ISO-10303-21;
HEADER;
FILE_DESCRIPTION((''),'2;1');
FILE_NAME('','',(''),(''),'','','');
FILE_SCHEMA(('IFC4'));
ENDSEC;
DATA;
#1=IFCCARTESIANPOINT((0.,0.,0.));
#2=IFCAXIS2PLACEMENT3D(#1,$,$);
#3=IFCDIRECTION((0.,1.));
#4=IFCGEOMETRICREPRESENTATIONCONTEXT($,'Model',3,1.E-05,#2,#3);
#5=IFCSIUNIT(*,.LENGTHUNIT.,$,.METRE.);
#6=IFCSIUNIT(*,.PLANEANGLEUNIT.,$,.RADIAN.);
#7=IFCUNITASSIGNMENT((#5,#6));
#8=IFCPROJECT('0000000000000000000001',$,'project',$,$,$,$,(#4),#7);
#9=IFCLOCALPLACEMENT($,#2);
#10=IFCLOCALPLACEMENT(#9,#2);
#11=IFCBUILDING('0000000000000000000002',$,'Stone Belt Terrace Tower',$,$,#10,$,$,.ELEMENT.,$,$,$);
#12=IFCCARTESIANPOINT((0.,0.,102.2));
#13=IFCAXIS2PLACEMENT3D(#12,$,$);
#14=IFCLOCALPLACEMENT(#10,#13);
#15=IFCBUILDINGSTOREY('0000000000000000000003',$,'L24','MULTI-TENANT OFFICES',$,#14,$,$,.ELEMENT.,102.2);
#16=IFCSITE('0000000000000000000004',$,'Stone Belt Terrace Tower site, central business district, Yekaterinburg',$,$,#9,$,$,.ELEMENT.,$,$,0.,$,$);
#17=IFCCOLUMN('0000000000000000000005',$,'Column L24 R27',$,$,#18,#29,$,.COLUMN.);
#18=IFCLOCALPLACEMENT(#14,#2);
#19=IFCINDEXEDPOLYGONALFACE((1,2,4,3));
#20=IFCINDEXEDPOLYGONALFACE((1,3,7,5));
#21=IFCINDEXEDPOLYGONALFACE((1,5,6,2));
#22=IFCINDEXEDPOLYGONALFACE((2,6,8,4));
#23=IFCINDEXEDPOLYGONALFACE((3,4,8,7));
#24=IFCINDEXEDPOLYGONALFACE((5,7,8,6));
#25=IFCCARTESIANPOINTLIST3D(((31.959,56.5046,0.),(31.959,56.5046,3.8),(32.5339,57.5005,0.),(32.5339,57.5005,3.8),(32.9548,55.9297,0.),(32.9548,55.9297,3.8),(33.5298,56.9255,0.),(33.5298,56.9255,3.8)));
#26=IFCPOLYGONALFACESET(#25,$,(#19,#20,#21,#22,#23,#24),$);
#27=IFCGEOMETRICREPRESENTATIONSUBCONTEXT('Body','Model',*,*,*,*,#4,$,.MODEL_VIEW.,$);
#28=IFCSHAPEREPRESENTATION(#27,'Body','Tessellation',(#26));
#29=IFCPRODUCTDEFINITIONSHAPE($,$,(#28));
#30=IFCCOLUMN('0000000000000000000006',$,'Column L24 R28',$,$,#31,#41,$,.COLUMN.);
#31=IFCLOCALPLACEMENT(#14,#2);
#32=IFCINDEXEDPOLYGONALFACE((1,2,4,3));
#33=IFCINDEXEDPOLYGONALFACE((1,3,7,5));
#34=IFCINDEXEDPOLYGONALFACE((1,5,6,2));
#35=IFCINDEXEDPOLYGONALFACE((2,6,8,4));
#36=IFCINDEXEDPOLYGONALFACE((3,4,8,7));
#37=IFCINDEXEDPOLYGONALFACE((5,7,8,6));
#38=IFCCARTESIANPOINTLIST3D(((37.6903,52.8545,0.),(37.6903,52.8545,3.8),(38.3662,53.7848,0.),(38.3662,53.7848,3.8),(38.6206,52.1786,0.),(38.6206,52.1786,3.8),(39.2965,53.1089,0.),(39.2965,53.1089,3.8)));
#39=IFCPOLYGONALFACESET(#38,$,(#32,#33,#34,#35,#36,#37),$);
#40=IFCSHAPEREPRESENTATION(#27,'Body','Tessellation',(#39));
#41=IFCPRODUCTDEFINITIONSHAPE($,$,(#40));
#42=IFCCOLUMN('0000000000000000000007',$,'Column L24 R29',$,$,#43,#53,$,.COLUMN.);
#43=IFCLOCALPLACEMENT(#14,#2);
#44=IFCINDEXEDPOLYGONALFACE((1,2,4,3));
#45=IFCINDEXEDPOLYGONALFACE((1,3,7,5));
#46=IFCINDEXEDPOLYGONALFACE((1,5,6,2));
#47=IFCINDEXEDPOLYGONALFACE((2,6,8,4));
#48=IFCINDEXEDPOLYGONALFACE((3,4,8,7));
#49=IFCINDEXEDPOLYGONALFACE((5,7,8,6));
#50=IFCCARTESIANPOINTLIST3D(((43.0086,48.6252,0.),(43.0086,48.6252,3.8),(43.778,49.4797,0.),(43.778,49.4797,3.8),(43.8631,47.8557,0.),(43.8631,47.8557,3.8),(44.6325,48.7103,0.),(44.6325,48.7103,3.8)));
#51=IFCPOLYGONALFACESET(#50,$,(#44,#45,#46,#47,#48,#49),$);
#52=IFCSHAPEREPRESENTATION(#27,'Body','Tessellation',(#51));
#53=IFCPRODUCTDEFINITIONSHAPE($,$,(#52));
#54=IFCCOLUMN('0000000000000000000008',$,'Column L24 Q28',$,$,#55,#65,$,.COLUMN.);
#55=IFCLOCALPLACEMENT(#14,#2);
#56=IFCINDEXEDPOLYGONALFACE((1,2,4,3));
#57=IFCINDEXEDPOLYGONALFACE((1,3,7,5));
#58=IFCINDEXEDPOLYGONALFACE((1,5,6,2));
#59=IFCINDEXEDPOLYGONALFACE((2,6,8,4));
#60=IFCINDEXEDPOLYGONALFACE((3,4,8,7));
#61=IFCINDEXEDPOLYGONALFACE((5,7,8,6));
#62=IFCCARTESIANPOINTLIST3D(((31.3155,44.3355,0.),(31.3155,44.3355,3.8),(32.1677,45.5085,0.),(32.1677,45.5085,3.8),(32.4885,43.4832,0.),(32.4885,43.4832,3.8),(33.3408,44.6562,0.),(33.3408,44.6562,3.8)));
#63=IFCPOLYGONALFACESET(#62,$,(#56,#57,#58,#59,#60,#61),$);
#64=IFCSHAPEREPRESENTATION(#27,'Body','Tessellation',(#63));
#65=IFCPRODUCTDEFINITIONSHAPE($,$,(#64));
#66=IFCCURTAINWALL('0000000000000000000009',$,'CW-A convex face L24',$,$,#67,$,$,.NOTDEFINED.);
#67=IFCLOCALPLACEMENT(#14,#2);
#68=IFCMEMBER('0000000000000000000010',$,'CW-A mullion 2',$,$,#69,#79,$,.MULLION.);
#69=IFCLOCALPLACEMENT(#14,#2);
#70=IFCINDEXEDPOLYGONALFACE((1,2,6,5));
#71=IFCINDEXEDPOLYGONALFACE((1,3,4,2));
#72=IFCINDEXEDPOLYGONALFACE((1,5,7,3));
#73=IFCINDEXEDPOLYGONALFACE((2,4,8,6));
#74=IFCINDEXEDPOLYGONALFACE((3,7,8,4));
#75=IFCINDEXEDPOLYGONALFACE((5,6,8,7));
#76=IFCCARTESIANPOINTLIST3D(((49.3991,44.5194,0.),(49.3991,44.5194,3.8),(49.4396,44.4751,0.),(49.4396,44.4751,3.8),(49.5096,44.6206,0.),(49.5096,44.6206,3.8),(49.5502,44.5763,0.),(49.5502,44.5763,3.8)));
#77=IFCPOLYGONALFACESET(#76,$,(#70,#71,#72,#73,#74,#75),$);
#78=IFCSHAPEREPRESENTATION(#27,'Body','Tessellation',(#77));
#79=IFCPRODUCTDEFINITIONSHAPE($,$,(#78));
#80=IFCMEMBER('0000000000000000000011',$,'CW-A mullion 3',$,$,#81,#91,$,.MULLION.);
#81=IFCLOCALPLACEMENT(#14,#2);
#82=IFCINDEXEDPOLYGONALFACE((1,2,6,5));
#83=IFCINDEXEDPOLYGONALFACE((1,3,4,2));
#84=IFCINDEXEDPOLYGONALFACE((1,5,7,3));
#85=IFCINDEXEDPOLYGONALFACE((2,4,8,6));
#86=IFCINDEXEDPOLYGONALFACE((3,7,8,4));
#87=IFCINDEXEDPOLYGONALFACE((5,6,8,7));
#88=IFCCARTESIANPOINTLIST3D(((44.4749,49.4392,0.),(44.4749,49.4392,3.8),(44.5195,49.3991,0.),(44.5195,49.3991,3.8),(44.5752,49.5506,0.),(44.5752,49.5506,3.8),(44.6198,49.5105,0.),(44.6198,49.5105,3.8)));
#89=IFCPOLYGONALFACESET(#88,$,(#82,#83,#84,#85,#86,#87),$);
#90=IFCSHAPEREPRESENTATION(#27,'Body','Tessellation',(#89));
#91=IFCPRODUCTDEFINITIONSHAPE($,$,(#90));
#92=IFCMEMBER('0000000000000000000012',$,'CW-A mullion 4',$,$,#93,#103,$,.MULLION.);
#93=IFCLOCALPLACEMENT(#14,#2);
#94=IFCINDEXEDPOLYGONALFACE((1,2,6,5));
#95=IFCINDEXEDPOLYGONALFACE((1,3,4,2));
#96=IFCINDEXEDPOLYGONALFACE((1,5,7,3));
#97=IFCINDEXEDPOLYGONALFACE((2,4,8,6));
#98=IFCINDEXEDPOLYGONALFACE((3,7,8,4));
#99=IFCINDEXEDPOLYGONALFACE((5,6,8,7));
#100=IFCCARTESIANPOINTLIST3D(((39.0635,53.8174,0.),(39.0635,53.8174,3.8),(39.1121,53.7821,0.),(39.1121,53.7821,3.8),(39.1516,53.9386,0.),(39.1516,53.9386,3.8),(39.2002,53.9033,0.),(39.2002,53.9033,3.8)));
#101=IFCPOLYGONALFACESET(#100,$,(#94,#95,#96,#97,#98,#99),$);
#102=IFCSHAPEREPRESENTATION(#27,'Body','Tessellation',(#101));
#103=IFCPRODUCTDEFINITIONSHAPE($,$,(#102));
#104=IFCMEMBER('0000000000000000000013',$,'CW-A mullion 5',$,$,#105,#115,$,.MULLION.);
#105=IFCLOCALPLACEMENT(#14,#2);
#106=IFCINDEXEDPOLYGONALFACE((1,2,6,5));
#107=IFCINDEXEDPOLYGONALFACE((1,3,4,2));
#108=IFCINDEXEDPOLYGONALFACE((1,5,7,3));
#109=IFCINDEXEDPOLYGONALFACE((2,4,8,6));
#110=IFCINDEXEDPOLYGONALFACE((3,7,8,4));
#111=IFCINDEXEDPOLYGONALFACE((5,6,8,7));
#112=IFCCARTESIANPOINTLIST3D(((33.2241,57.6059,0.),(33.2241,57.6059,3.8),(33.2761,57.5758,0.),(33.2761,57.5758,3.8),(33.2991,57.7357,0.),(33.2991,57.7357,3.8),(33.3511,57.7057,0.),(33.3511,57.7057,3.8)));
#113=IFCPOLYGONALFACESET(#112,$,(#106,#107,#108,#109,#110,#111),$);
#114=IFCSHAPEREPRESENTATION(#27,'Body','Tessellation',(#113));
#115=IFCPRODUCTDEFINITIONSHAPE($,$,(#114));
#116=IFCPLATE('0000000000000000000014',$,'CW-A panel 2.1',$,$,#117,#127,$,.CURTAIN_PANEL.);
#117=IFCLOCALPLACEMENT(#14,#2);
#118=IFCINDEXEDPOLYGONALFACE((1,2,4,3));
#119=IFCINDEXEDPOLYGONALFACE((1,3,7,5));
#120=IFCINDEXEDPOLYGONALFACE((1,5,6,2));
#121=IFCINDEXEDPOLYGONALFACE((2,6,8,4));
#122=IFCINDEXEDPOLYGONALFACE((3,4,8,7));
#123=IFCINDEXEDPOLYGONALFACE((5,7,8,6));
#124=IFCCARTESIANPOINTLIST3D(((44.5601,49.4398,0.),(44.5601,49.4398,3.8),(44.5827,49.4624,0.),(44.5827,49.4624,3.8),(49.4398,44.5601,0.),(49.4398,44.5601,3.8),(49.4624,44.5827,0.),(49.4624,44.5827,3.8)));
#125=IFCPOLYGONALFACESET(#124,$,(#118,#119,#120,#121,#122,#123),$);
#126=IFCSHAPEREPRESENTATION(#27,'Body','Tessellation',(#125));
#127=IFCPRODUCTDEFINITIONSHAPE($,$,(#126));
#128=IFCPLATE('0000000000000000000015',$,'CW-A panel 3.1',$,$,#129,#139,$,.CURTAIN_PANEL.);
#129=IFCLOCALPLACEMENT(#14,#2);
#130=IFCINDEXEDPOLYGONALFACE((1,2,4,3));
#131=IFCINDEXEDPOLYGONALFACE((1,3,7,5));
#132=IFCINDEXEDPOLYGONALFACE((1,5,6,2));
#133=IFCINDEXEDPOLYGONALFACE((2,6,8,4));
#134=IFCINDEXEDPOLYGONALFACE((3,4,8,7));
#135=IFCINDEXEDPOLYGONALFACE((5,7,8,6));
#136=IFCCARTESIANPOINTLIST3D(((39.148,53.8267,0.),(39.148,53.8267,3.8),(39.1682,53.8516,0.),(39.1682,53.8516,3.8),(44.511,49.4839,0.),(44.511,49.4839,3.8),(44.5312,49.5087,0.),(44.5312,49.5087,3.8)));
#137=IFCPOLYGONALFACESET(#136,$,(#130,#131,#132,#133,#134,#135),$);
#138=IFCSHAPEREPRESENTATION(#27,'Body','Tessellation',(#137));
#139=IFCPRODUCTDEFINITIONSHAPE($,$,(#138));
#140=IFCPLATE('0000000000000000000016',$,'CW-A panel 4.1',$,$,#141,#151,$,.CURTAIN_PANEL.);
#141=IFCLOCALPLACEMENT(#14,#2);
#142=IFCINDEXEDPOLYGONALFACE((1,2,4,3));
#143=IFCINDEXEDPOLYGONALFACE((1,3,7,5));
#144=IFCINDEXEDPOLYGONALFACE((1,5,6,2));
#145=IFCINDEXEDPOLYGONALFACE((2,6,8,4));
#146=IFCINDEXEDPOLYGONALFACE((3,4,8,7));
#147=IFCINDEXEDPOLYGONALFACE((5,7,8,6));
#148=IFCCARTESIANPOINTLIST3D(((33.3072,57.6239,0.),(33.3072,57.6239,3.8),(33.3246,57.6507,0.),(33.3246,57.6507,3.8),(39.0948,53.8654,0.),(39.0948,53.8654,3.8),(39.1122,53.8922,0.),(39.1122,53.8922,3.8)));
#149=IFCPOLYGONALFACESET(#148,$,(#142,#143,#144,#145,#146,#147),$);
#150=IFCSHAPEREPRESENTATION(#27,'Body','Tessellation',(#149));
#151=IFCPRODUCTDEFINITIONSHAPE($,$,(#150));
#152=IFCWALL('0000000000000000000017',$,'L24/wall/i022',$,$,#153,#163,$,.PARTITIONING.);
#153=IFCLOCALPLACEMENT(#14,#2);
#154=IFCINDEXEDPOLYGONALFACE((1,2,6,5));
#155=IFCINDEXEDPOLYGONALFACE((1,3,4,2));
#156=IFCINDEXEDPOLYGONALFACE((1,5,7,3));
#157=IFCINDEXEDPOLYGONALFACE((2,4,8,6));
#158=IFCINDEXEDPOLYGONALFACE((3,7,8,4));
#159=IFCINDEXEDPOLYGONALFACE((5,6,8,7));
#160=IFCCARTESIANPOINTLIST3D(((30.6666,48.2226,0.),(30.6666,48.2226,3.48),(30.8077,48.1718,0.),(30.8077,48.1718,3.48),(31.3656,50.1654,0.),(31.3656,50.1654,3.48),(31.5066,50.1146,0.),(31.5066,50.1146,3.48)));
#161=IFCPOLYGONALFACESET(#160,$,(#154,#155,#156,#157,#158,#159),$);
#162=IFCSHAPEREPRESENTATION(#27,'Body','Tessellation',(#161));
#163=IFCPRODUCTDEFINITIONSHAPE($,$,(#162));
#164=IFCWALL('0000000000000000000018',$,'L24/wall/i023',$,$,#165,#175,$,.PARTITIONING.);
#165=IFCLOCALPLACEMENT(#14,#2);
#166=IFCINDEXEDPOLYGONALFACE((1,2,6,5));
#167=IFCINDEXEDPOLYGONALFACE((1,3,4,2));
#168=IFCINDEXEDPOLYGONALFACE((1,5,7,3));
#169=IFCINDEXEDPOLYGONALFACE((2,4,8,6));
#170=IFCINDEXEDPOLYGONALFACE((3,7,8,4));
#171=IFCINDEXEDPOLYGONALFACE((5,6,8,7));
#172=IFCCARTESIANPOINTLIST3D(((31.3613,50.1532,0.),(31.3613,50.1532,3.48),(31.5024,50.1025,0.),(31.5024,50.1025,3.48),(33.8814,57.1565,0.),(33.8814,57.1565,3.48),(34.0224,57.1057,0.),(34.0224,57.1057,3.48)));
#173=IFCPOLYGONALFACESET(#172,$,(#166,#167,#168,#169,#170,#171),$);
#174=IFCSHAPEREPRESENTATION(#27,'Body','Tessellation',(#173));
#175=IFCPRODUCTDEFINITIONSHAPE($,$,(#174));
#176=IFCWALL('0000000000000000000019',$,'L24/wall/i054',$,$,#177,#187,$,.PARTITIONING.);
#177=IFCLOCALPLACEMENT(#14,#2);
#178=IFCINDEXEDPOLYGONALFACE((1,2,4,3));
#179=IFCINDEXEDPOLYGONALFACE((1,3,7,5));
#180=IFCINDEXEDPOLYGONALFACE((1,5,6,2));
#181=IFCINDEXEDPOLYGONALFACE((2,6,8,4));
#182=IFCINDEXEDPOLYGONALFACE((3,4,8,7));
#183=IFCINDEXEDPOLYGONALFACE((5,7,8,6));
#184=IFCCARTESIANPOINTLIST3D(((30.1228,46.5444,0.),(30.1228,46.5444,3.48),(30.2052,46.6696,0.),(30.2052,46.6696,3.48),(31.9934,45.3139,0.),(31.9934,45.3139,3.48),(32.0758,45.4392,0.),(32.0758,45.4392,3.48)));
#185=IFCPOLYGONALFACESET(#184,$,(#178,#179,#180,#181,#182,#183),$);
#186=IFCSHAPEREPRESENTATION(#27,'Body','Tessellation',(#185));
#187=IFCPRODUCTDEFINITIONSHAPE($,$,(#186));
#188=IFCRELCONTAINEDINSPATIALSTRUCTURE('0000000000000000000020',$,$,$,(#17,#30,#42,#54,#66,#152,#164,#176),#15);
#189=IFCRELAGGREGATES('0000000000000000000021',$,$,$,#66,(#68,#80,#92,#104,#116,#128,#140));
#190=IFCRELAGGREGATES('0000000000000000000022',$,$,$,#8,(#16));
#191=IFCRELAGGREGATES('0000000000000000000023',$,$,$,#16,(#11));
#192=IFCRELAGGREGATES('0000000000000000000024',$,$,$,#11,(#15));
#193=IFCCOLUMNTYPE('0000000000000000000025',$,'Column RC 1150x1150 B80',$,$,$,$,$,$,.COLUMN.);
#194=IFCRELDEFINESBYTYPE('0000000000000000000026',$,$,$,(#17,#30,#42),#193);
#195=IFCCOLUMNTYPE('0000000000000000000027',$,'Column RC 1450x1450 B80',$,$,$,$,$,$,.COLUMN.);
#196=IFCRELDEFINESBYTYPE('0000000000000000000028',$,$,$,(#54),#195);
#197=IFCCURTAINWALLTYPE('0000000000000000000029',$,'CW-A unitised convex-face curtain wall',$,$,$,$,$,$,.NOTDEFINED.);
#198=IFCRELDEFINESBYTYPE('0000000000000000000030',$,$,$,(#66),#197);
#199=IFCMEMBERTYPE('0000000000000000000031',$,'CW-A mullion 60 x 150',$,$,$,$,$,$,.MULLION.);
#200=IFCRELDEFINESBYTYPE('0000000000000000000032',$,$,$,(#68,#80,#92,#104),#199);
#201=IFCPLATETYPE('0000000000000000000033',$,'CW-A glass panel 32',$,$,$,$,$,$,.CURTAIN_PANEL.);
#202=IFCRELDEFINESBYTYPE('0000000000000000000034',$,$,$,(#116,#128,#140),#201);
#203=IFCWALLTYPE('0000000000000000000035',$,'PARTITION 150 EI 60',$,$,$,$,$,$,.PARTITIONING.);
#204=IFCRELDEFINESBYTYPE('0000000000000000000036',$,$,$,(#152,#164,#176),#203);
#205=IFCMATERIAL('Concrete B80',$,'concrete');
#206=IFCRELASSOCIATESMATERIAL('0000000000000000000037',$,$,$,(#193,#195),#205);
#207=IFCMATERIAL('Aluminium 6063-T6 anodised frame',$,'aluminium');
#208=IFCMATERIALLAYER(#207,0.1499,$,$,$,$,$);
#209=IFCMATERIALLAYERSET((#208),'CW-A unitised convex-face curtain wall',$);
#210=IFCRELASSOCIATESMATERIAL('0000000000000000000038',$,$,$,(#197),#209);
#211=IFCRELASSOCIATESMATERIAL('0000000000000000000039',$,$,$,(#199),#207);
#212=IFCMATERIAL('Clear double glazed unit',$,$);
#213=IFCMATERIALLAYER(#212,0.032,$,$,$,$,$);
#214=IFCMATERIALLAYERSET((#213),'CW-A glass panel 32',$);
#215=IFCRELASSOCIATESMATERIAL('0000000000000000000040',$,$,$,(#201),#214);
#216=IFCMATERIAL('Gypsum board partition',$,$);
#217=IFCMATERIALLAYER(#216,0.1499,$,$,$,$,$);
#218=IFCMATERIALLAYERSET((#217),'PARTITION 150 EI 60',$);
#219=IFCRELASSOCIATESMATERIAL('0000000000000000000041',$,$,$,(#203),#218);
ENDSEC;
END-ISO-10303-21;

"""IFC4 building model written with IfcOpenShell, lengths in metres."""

from ifc_helpers import new_model, si_unit, direction, frame, frame_2d, origin, origin_2d, place, context, subcontext, project, spatial, rectangle, extrude, material, layer, layer_set, material_profile, profile_set, type_object, element, aggregate, save


model = new_model("IFC4")

# Units and contexts
model_context = context("Model", 3, precision=1e-05, world=origin(), true_north=direction((0.0, 1.0)))
body_context = subcontext(model_context, "Body", "Model", "MODEL_VIEW")
ifc_project = project(units=[si_unit("LENGTHUNIT", "METRE"), si_unit("PLANEANGLEUNIT", "RADIAN")], contexts=[model_context])

# Site, building, storey
site_placement = place(None, origin())
site = spatial("IfcSite", under=ifc_project, at=site_placement, Name="Stone Belt Terrace Tower site, central business district, Yekaterinburg", CompositionType="ELEMENT", RefElevation=0.0)
building_placement = place(site_placement, origin())
building = spatial("IfcBuilding", under=site, at=building_placement, Name="Stone Belt Terrace Tower", CompositionType="ELEMENT")
storey_placement = place(building_placement, frame((0.0, 0.0, 102.2)))
storey = spatial("IfcBuildingStorey", under=building, at=storey_placement, Name="L24", Description="MULTI-TENANT OFFICES", CompositionType="ELEMENT", Elevation=102.2)

# Columns
ifc_material_1 = material(Name="Concrete B80", Category="concrete")
ifc_material_profile_1 = material_profile(ifc_material_1, rectangle(XDim=1.1499, YDim=1.1499, at=origin_2d()), Name="RC 1150x1150")
ifc_profile_set_1 = profile_set([ifc_material_profile_1], Name="Concrete B80")
column_type_1 = type_object("IfcColumnType", Name="Column RC 1150x1150 B80", PredefinedType="COLUMN", material=ifc_profile_set_1)
for number, where, z_axis, x_axis, name in (
    (1, (32.7444, 56.7151, 0.0), (0.0, 0.0, 1.0), (0.866025, -0.5, 0.0), "Column L24 R27"),
    (2, (38.4934, 52.9817, 0.0), (0.0, 0.0, 1.0), (0.809017, -0.587785, 0.0), "Column L24 R28"),
    (3, (43.8206, 48.6677, 0.0), (0.0, 0.0, 1.0), (0.743145, -0.669131, 0.0), "Column L24 R29"),
):
    element("IfcColumn", number, at=place(storey_placement, frame(where, z_axis=z_axis, x_axis=x_axis)), inside=storey, type_object=column_type_1, Name=name, PredefinedType="COLUMN", context=body_context, shape_type="SweptSolid", body=[
        extrude(rectangle(XDim=1.1499, YDim=1.1499, at=origin_2d()), origin(), (0.0, 0.0, 1.0), 3.8),
    ])
ifc_material_profile_2 = material_profile(ifc_material_1, rectangle(XDim=1.45, YDim=1.45, at=origin_2d()), Name="RC 1450x1450")
ifc_profile_set_2 = profile_set([ifc_material_profile_2], Name="Concrete B80")
column_type_2 = type_object("IfcColumnType", Name="Column RC 1450x1450 B80", PredefinedType="COLUMN", material=ifc_profile_set_2)
column_placement = place(storey_placement, frame((32.3281, 44.4958, 0.0), z_axis=(0.0, 0.0, 1.0), x_axis=(0.809017, -0.587785, 0.0)))
element("IfcColumn", 4, at=column_placement, inside=storey, type_object=column_type_2, Name="Column L24 Q28", PredefinedType="COLUMN", context=body_context, shape_type="SweptSolid", body=[
    extrude(rectangle(XDim=1.45, YDim=1.45, at=origin_2d()), origin(), (0.0, 0.0, 1.0), 3.8),
])

# Curtain wall, members, plates
ifc_material_2 = material(Name="Aluminium 6063-T6 anodised frame", Category="aluminium")
ifc_layer_1 = layer(ifc_material_2, 0.1499)
ifc_layer_set_1 = layer_set([ifc_layer_1], Name="CW-A unitised convex-face curtain wall")
curtain_wall_type = type_object("IfcCurtainWallType", Name="CW-A unitised convex-face curtain wall", PredefinedType="NOTDEFINED", material=ifc_layer_set_1)
curtain_wall_placement = place(storey_placement, origin())
curtain_wall = element("IfcCurtainWall", 5, at=curtain_wall_placement, inside=storey, type_object=curtain_wall_type, Name="CW-A convex face L24", PredefinedType="NOTDEFINED")
ifc_material_profile_3 = material_profile(ifc_material_2, rectangle(XDim=0.1499, YDim=0.0601, at=origin_2d()), Name="Aluminium 6063-T6 60x150")
ifc_profile_set_3 = profile_set([ifc_material_profile_3], Name="Aluminium 6063-T6 anodised frame")
member_type = type_object("IfcMemberType", Name="CW-A mullion 60 x 150", PredefinedType="MULLION", material=ifc_profile_set_3)
member_1_placement = place(storey_placement, frame((49.4746, 44.5479, 0.0), z_axis=(0.0, 0.0, 1.0), x_axis=(-0.7374, -0.675456, 0.0)))
member_1 = element("IfcMember", 6, at=member_1_placement, type_object=member_type, Name="CW-A mullion 2", PredefinedType="MULLION", context=body_context, shape_type="SweptSolid", body=[
    extrude(rectangle(XDim=0.1499, YDim=0.0601, at=origin_2d()), origin(), (0.0, 0.0, 1.0), 3.8),
])
member_2_placement = place(storey_placement, frame((44.5474, 49.4749, 0.0), z_axis=(0.0, 0.0, 1.0), x_axis=(-0.669131, -0.743145, 0.0)))
member_2 = element("IfcMember", 7, at=member_2_placement, type_object=member_type, Name="CW-A mullion 3", PredefinedType="MULLION", context=body_context, shape_type="SweptSolid", body=[
    extrude(rectangle(XDim=0.1499, YDim=0.0601, at=origin_2d()), origin(), (0.0, 0.0, 1.0), 3.8),
])
member_3_placement = place(storey_placement, frame((39.1318, 53.8604, 0.0), z_axis=(0.0, 0.0, 1.0), x_axis=(-0.587785, -0.809017, 0.0)))
member_3 = element("IfcMember", 8, at=member_3_placement, type_object=member_type, Name="CW-A mullion 4", PredefinedType="MULLION", context=body_context, shape_type="SweptSolid", body=[
    extrude(rectangle(XDim=0.1499, YDim=0.0601, at=origin_2d()), origin(), (0.0, 0.0, 1.0), 3.8),
])
member_4_placement = place(storey_placement, frame((33.2876, 57.6558, 0.0), z_axis=(0.0, 0.0, 1.0), x_axis=(-0.5, -0.866025, 0.0)))
member_4 = element("IfcMember", 9, at=member_4_placement, type_object=member_type, Name="CW-A mullion 5", PredefinedType="MULLION", context=body_context, shape_type="SweptSolid", body=[
    extrude(rectangle(XDim=0.1499, YDim=0.0601, at=origin_2d()), origin(), (0.0, 0.0, 1.0), 3.8),
])
ifc_material_3 = material(Name="Clear double glazed unit")
ifc_layer_2 = layer(ifc_material_3, 0.032)
ifc_layer_set_2 = layer_set([ifc_layer_2], Name="CW-A glass panel 32")
plate_type = type_object("IfcPlateType", Name="CW-A glass panel 32", PredefinedType="CURTAIN_PANEL", material=ifc_layer_set_2)
plate_1_placement = place(storey_placement, frame((47.0112, 47.0112, 0.0), z_axis=(0.0, 0.0, 1.0), x_axis=(-0.707107, 0.707107, 0.0)))
plate_1 = element("IfcPlate", 10, at=plate_1_placement, type_object=plate_type, Name="CW-A panel 2.1", PredefinedType="CURTAIN_PANEL", context=body_context, shape_type="SweptSolid", body=[
    extrude(rectangle(XDim=6.9009, YDim=0.032, at=origin_2d()), origin(), (0.0, 0.0, 1.0), 3.8),
])
plate_2_placement = place(storey_placement, frame((41.8396, 51.6677, 0.0), z_axis=(0.0, 0.0, 1.0), x_axis=(-0.777146, 0.62932, 0.0)))
plate_2 = element("IfcPlate", 11, at=plate_2_placement, type_object=plate_type, Name="CW-A panel 3.1", PredefinedType="CURTAIN_PANEL", context=body_context, shape_type="SweptSolid", body=[
    extrude(rectangle(XDim=6.9009, YDim=0.032, at=origin_2d()), origin(), (0.0, 0.0, 1.0), 3.8),
])
plate_3_placement = place(storey_placement, frame((36.2097, 55.7581, 0.0), z_axis=(0.0, 0.0, 1.0), x_axis=(-0.838671, 0.544639, 0.0)))
plate_3 = element("IfcPlate", 12, at=plate_3_placement, type_object=plate_type, Name="CW-A panel 4.1", PredefinedType="CURTAIN_PANEL", context=body_context, shape_type="SweptSolid", body=[
    extrude(rectangle(XDim=6.9009, YDim=0.032, at=origin_2d()), origin(), (0.0, 0.0, 1.0), 3.8),
])
aggregate(curtain_wall, [member_1, member_2, member_3, member_4, plate_1, plate_2, plate_3])

# Walls
ifc_material_4 = material(Name="Gypsum board partition")
ifc_layer_3 = layer(ifc_material_4, 0.1499)
ifc_layer_set_3 = layer_set([ifc_layer_3], Name="PARTITION 150 EI 60")
wall_type = type_object("IfcWallType", Name="PARTITION 150 EI 60", PredefinedType="PARTITIONING", material=ifc_layer_set_3)
wall_1_placement = place(storey_placement, frame((31.436, 50.1399, 0.0), z_axis=(0.0, 0.0, 1.0), x_axis=(-0.338523, -0.940958, 0.0)))
element("IfcWall", 13, at=wall_1_placement, inside=storey, type_object=wall_type, Name="L24/wall/i022", PredefinedType="PARTITIONING", context=body_context, shape_type="SweptSolid", body=[
    extrude(rectangle(XDim=2.0647, YDim=0.1499, at=frame_2d((1.0322, 0.0))), origin(), (0.0, 0.0, 1.0), 3.48),
])
wall_2_placement = place(storey_placement, frame((33.9519, 57.1311, 0.0), z_axis=(0.0, 0.0, 1.0), x_axis=(-0.338586, -0.940935, 0.0)))
element("IfcWall", 14, at=wall_2_placement, inside=storey, type_object=wall_type, Name="L24/wall/i023", PredefinedType="PARTITIONING", context=body_context, shape_type="SweptSolid", body=[
    extrude(rectangle(XDim=7.4429, YDim=0.1499, at=frame_2d((3.7214, 0.0))), origin(), (0.0, 0.0, 1.0), 3.48),
])
wall_3_placement = place(storey_placement, frame((32.0347, 45.3765, 0.0), z_axis=(0.0, 0.0, 1.0), x_axis=(-0.835457, 0.549556, 0.0)))
element("IfcWall", 15, at=wall_3_placement, inside=storey, type_object=wall_type, Name="L24/wall/i054", PredefinedType="PARTITIONING", context=body_context, shape_type="SweptSolid", body=[
    extrude(rectangle(XDim=2.239, YDim=0.1499, at=frame_2d((1.1196, 0.0))), origin(), (0.0, 0.0, 1.0), 3.48),
])

save(model, "model.ifc")
